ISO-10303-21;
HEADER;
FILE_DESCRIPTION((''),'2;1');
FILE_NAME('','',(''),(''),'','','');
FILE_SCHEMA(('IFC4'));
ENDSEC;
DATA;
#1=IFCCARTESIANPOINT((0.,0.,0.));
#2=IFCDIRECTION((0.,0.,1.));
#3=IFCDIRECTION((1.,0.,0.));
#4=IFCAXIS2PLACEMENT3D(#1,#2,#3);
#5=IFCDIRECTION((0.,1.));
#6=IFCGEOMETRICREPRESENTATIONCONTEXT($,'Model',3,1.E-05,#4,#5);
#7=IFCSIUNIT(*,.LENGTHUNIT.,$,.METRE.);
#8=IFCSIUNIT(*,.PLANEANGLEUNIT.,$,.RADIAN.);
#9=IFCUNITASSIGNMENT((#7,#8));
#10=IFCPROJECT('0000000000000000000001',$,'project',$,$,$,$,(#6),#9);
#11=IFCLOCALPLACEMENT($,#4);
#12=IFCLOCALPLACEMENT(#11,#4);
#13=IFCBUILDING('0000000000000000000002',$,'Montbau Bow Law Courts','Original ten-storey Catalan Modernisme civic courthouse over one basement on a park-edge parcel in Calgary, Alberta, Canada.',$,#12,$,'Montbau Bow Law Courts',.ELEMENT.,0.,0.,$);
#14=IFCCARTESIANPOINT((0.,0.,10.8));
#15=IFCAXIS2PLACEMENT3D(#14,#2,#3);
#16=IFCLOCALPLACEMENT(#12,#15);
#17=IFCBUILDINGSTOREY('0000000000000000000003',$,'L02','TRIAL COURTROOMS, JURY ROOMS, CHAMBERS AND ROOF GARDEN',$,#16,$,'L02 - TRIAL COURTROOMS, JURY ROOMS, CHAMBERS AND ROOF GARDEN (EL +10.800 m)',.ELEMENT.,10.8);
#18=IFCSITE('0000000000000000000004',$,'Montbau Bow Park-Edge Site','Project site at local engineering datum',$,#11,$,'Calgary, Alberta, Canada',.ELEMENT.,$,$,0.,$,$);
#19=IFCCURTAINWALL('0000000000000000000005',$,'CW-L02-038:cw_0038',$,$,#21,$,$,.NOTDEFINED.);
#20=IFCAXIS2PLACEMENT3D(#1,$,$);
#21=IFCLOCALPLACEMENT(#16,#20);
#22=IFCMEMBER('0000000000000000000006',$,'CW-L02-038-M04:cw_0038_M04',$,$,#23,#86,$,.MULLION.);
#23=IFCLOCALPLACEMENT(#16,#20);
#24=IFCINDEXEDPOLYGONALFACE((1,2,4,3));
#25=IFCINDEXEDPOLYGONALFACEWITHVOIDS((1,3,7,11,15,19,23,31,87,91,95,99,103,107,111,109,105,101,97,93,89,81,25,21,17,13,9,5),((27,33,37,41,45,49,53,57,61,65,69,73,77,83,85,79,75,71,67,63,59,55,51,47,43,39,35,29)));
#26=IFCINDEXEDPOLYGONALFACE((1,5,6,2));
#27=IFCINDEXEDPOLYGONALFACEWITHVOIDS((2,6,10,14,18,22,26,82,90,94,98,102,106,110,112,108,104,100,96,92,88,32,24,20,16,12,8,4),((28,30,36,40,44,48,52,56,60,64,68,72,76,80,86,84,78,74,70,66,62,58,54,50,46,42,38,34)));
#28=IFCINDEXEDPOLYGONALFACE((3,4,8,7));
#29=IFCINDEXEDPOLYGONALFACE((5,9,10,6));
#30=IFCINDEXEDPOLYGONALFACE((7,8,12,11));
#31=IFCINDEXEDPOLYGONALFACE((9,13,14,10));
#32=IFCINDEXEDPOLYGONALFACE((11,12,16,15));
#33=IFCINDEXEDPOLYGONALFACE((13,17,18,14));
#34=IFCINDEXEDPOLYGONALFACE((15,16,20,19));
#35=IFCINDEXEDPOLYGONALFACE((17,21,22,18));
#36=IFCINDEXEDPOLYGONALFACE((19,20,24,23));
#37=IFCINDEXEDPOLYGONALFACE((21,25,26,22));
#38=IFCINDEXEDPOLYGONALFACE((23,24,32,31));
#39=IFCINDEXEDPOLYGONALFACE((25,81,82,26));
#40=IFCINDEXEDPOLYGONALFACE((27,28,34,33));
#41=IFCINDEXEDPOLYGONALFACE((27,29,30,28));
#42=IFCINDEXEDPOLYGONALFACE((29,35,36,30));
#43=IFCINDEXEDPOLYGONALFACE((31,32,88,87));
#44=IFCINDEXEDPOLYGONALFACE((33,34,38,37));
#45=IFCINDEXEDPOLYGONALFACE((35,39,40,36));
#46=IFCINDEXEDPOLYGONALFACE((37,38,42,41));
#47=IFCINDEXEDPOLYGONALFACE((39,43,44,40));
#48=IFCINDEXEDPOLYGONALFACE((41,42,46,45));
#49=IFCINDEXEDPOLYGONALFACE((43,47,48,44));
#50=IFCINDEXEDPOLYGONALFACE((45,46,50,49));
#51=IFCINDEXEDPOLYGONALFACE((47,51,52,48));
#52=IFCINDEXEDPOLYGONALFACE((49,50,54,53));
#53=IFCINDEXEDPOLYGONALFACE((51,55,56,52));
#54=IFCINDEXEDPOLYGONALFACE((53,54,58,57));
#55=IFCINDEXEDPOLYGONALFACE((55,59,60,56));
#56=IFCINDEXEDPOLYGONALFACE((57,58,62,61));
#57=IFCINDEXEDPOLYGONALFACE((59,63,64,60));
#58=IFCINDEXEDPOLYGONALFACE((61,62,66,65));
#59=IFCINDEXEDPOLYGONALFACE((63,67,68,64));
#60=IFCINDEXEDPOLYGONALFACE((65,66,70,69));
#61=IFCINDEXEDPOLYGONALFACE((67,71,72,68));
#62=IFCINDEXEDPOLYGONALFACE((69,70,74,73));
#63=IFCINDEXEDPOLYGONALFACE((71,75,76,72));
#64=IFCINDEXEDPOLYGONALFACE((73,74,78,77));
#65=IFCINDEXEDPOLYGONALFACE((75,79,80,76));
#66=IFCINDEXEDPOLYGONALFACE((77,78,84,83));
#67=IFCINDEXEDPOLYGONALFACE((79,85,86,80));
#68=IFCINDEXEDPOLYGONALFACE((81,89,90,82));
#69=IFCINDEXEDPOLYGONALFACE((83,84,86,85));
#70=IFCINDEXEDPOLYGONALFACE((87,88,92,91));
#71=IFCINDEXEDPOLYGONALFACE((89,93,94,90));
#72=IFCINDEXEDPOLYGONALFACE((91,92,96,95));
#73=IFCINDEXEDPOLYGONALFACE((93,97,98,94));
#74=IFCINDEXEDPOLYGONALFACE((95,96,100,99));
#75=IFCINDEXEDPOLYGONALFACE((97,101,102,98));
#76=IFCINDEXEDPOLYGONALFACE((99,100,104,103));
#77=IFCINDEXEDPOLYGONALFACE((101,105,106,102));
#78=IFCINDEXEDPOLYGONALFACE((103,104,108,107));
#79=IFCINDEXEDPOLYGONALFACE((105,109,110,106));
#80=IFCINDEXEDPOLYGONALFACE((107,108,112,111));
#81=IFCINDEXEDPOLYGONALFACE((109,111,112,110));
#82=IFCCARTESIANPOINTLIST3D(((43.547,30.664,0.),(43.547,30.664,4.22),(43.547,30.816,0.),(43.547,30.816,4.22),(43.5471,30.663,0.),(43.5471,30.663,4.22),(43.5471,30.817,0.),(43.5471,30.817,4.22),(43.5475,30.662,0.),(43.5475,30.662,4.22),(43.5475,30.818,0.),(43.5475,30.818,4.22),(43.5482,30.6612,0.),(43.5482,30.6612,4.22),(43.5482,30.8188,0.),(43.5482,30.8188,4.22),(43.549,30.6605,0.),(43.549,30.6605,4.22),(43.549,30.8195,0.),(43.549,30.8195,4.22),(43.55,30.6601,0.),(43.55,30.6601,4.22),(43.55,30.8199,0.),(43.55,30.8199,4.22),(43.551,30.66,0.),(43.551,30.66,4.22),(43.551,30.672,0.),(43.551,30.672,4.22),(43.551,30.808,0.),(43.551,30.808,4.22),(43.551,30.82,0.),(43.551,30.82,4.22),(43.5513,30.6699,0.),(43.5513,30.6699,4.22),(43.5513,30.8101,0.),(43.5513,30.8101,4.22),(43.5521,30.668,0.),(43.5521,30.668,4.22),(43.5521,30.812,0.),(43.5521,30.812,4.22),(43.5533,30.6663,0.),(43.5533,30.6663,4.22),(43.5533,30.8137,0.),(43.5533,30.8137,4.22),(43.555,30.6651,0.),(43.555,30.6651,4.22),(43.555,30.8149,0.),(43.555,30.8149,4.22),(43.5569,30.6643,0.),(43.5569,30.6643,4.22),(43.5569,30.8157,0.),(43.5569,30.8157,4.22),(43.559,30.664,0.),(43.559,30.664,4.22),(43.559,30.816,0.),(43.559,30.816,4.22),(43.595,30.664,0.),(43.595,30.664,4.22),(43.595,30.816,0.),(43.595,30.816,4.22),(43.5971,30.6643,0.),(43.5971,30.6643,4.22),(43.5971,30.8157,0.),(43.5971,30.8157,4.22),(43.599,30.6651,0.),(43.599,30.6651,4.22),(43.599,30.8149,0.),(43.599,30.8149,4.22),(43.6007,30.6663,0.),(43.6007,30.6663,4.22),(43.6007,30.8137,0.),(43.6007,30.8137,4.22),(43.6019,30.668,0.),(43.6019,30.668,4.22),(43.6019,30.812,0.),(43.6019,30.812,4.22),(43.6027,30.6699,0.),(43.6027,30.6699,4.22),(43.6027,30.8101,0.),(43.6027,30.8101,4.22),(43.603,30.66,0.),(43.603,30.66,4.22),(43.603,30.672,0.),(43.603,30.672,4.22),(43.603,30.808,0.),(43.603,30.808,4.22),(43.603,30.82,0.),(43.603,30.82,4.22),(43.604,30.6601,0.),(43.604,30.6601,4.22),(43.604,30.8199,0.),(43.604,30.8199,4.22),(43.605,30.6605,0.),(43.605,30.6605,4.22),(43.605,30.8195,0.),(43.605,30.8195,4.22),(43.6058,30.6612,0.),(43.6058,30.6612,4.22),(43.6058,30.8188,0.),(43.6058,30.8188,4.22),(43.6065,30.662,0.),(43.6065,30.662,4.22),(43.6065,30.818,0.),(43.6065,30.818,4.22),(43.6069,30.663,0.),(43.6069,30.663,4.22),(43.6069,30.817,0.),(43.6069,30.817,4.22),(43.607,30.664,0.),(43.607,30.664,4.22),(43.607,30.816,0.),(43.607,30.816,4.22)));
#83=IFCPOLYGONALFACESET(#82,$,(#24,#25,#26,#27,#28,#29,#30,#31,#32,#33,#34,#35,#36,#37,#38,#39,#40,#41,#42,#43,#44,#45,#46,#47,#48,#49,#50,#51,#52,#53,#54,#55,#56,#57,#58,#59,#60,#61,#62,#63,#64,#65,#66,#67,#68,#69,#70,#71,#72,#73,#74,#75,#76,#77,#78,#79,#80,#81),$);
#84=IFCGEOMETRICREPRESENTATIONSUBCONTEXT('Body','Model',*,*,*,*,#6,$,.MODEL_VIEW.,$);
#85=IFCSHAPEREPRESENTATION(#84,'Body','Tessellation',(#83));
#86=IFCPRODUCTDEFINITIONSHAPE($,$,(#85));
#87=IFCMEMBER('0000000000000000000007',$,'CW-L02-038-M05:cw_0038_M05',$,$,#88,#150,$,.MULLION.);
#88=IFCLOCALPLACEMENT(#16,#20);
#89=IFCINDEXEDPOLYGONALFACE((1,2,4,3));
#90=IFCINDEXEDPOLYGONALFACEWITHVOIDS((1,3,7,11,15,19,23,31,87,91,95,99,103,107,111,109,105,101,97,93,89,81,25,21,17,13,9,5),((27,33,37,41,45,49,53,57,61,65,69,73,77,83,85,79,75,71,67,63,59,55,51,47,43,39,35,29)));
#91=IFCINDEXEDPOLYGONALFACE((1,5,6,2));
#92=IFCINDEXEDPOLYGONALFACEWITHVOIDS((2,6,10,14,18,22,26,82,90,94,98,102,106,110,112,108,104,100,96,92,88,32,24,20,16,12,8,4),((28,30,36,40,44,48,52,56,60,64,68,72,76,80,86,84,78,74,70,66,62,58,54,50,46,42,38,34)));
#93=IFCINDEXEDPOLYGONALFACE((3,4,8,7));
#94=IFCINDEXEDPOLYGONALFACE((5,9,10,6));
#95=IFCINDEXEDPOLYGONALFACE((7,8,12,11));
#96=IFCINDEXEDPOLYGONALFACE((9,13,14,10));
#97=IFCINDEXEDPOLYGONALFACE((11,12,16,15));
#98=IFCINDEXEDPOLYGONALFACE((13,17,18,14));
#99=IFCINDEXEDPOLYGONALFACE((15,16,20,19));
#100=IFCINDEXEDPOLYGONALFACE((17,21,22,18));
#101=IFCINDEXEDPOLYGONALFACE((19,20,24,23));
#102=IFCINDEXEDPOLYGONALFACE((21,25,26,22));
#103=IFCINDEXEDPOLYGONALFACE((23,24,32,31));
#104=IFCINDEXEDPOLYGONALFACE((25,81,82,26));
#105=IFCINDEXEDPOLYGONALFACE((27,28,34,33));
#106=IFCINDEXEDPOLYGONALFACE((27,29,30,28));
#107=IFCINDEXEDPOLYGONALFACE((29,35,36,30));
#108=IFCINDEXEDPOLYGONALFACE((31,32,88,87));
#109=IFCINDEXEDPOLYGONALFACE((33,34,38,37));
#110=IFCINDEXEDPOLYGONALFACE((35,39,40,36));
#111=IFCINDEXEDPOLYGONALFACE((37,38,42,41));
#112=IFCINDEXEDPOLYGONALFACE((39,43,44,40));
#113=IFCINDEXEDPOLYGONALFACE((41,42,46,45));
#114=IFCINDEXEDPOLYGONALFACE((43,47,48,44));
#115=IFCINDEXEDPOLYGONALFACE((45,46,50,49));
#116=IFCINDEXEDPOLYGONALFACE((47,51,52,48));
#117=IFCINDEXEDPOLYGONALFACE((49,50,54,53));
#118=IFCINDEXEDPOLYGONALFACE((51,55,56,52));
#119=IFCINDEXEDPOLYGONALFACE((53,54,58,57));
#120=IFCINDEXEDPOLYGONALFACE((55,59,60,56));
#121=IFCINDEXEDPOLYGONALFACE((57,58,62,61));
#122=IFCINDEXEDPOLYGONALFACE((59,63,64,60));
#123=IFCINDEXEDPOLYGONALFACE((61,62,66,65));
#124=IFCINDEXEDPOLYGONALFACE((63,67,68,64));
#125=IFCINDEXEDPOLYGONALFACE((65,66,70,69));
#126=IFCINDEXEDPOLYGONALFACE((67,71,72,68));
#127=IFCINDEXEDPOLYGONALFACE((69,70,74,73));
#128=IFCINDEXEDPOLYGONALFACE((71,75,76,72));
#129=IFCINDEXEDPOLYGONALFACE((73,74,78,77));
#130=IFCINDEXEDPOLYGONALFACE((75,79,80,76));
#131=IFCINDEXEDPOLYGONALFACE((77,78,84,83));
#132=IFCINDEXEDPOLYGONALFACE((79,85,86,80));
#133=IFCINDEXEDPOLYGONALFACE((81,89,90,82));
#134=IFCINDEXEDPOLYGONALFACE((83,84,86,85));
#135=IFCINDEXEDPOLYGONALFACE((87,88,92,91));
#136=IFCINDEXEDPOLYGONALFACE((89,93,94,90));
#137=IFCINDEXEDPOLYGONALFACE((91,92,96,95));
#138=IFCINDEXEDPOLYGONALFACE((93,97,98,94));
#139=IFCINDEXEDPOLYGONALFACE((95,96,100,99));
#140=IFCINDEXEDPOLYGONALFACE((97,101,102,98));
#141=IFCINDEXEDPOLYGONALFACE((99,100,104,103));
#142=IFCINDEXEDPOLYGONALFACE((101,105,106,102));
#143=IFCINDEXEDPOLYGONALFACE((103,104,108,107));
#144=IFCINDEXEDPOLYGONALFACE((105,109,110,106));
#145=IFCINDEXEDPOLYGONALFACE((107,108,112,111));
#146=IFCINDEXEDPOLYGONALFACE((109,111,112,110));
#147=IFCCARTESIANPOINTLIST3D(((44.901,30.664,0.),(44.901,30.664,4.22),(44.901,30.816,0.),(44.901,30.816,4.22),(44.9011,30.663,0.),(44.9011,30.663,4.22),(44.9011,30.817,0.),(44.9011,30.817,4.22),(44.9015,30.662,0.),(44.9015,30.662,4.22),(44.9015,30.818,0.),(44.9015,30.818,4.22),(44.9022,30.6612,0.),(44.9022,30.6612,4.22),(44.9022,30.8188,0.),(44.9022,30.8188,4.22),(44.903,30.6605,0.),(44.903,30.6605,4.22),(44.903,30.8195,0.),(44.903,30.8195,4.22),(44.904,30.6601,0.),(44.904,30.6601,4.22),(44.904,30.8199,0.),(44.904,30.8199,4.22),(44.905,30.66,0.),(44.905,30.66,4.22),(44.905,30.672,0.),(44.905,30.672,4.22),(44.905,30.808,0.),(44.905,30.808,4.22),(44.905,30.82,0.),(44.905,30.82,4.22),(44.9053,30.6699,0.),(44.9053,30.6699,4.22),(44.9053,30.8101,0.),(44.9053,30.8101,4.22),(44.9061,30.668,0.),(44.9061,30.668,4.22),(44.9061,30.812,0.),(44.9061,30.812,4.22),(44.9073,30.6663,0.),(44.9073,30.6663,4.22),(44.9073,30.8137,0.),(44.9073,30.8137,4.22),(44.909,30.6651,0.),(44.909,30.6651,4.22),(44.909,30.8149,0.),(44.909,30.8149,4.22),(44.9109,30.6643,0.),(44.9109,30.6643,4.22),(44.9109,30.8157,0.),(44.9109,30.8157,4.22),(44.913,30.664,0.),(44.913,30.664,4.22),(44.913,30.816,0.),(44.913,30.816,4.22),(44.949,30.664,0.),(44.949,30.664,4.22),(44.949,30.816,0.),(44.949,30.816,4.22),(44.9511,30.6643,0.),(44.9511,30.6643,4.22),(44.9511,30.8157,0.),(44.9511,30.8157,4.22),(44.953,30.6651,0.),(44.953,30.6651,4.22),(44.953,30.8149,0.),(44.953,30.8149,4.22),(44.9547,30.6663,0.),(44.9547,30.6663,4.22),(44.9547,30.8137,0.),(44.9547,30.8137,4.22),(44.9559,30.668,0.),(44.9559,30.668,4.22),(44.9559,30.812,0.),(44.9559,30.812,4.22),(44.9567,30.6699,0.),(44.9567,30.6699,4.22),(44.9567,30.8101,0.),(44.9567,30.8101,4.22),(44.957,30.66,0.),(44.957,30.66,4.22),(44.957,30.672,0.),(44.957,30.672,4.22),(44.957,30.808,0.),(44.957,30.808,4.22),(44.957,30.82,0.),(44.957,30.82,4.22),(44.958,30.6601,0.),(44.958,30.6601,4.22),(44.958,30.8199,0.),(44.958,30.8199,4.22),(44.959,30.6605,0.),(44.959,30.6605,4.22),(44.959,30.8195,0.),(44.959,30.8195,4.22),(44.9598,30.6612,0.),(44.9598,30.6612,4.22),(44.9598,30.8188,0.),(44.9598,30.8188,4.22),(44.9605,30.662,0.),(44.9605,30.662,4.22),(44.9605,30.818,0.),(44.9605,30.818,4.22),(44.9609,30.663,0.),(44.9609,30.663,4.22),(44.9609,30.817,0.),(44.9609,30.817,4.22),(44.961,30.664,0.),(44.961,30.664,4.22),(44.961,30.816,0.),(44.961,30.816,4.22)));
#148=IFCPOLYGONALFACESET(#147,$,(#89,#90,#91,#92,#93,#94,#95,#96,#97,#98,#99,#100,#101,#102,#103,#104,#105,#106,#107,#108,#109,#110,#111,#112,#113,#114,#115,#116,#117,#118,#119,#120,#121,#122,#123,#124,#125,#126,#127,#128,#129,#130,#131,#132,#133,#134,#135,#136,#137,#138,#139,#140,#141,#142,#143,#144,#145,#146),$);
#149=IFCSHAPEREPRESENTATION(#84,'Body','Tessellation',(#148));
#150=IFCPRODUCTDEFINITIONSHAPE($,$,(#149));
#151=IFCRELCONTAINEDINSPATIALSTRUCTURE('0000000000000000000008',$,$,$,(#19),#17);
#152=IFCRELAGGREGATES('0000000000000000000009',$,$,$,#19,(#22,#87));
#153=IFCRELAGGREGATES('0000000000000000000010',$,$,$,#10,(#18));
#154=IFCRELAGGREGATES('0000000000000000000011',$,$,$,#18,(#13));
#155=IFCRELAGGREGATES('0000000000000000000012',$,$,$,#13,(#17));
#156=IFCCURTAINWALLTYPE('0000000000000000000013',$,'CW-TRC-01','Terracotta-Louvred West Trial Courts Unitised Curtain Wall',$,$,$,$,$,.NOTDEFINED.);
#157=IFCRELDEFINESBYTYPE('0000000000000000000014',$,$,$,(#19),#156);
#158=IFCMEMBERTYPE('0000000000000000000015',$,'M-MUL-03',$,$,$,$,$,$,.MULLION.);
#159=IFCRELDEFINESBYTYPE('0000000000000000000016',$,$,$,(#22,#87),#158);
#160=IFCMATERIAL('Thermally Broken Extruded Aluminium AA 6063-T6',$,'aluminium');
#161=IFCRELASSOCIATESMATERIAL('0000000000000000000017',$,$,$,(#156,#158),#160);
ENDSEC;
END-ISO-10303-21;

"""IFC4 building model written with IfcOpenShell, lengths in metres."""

from ifc_helpers import new_model, si_unit, direction, frame, origin_with_axes, origin_2d_with_axis, place, context, subcontext, project, spatial, hollow_rectangle, extrude, material, material_profile, profile_set, type_object, element, aggregate, save


model = new_model("IFC4")

# Units and contexts
model_context = context("Model", 3, precision=1e-05, world=origin_with_axes(), true_north=direction((0.0, 1.0)))
body_context = subcontext(model_context, "Body", "Model", "MODEL_VIEW")
ifc_project = project(units=[si_unit("LENGTHUNIT", "METRE"), si_unit("PLANEANGLEUNIT", "RADIAN")], contexts=[model_context])

# Site, building, storey
site_placement = place(None, origin_with_axes())
site = spatial("IfcSite", under=ifc_project, at=site_placement, Name="Montbau Bow Park-Edge Site", Description="Project site at local engineering datum", LongName="Calgary, Alberta, Canada", CompositionType="ELEMENT", RefElevation=0.0)
building_placement = place(site_placement, origin_with_axes())
building = spatial("IfcBuilding", under=site, at=building_placement, Name="Montbau Bow Law Courts", Description="Original ten-storey Catalan Modernisme civic courthouse over one basement on a park-edge parcel in Calgary, Alberta, Canada.", LongName="Montbau Bow Law Courts", CompositionType="ELEMENT", ElevationOfRefHeight=0.0, ElevationOfTerrain=0.0)
storey_placement = place(building_placement, frame((0.0, 0.0, 10.8), z_axis=(0.0, 0.0, 1.0), x_axis=(1.0, 0.0, 0.0)))
storey = spatial("IfcBuildingStorey", under=building, at=storey_placement, Name="L02", Description="TRIAL COURTROOMS, JURY ROOMS, CHAMBERS AND ROOF GARDEN", LongName="L02 - TRIAL COURTROOMS, JURY ROOMS, CHAMBERS AND ROOF GARDEN (EL +10.800 m)", CompositionType="ELEMENT", Elevation=10.8)

# Curtain wall, members
ifc_material_1 = material(Name="Thermally Broken Extruded Aluminium AA 6063-T6", Category="aluminium")
curtain_wall_type = type_object("IfcCurtainWallType", Name="CW-TRC-01", Description="Terracotta-Louvred West Trial Courts Unitised Curtain Wall", PredefinedType="NOTDEFINED", material=ifc_material_1)
curtain_wall_placement = place(None, frame((39.515, 30.74, 10.8), z_axis=(0.0, 0.0, 1.0), x_axis=(1.0, 0.0, 0.0)))
curtain_wall = element("IfcCurtainWall", 1, at=curtain_wall_placement, inside=storey, type_object=curtain_wall_type, Name="CW-L02-038:cw_0038", PredefinedType="NOTDEFINED")
ifc_material_profile_1 = material_profile(ifc_material_1, hollow_rectangle(XDim=0.06, YDim=0.16, WallThickness=0.004, InnerFilletRadius=0.008, OuterFilletRadius=0.004, at=origin_2d_with_axis()), Name="CWM-160X60", Category="Main", Priority=0)
ifc_profile_set_1 = profile_set([ifc_material_profile_1], Name="Thermally Broken Extruded Aluminium AA 6063-T6")
member_type_1 = type_object("IfcMemberType", Name="M-MUL-03", PredefinedType="MULLION", material=ifc_profile_set_1)
member_1_placement = place(None, frame((43.577, 30.74, 10.8), z_axis=(0.0, 0.0, 1.0), x_axis=(1.0, 0.0, 0.0)))
member_1 = element("IfcMember", 2, at=member_1_placement, type_object=member_type_1, Name="CW-L02-038-M04:cw_0038_M04", PredefinedType="MULLION", context=body_context, shape_type="SweptSolid", body=[
    extrude(hollow_rectangle(XDim=0.06, YDim=0.16, WallThickness=0.004, InnerFilletRadius=0.008, OuterFilletRadius=0.004, at=origin_2d_with_axis()), origin_with_axes(), (0.0, 0.0, 1.0), 4.22),
])
member_2_placement = place(None, frame((44.931, 30.74, 10.8), z_axis=(0.0, 0.0, 1.0), x_axis=(1.0, 0.0, 0.0)))
member_2 = element("IfcMember", 3, at=member_2_placement, type_object=member_type_1, Name="CW-L02-038-M05:cw_0038_M05", PredefinedType="MULLION", context=body_context, shape_type="SweptSolid", body=[
    extrude(hollow_rectangle(XDim=0.06, YDim=0.16, WallThickness=0.004, InnerFilletRadius=0.008, OuterFilletRadius=0.004, at=origin_2d_with_axis()), origin_with_axes(), (0.0, 0.0, 1.0), 4.22),
])
aggregate(curtain_wall, [member_1, member_2])

save(model, "model.ifc")
